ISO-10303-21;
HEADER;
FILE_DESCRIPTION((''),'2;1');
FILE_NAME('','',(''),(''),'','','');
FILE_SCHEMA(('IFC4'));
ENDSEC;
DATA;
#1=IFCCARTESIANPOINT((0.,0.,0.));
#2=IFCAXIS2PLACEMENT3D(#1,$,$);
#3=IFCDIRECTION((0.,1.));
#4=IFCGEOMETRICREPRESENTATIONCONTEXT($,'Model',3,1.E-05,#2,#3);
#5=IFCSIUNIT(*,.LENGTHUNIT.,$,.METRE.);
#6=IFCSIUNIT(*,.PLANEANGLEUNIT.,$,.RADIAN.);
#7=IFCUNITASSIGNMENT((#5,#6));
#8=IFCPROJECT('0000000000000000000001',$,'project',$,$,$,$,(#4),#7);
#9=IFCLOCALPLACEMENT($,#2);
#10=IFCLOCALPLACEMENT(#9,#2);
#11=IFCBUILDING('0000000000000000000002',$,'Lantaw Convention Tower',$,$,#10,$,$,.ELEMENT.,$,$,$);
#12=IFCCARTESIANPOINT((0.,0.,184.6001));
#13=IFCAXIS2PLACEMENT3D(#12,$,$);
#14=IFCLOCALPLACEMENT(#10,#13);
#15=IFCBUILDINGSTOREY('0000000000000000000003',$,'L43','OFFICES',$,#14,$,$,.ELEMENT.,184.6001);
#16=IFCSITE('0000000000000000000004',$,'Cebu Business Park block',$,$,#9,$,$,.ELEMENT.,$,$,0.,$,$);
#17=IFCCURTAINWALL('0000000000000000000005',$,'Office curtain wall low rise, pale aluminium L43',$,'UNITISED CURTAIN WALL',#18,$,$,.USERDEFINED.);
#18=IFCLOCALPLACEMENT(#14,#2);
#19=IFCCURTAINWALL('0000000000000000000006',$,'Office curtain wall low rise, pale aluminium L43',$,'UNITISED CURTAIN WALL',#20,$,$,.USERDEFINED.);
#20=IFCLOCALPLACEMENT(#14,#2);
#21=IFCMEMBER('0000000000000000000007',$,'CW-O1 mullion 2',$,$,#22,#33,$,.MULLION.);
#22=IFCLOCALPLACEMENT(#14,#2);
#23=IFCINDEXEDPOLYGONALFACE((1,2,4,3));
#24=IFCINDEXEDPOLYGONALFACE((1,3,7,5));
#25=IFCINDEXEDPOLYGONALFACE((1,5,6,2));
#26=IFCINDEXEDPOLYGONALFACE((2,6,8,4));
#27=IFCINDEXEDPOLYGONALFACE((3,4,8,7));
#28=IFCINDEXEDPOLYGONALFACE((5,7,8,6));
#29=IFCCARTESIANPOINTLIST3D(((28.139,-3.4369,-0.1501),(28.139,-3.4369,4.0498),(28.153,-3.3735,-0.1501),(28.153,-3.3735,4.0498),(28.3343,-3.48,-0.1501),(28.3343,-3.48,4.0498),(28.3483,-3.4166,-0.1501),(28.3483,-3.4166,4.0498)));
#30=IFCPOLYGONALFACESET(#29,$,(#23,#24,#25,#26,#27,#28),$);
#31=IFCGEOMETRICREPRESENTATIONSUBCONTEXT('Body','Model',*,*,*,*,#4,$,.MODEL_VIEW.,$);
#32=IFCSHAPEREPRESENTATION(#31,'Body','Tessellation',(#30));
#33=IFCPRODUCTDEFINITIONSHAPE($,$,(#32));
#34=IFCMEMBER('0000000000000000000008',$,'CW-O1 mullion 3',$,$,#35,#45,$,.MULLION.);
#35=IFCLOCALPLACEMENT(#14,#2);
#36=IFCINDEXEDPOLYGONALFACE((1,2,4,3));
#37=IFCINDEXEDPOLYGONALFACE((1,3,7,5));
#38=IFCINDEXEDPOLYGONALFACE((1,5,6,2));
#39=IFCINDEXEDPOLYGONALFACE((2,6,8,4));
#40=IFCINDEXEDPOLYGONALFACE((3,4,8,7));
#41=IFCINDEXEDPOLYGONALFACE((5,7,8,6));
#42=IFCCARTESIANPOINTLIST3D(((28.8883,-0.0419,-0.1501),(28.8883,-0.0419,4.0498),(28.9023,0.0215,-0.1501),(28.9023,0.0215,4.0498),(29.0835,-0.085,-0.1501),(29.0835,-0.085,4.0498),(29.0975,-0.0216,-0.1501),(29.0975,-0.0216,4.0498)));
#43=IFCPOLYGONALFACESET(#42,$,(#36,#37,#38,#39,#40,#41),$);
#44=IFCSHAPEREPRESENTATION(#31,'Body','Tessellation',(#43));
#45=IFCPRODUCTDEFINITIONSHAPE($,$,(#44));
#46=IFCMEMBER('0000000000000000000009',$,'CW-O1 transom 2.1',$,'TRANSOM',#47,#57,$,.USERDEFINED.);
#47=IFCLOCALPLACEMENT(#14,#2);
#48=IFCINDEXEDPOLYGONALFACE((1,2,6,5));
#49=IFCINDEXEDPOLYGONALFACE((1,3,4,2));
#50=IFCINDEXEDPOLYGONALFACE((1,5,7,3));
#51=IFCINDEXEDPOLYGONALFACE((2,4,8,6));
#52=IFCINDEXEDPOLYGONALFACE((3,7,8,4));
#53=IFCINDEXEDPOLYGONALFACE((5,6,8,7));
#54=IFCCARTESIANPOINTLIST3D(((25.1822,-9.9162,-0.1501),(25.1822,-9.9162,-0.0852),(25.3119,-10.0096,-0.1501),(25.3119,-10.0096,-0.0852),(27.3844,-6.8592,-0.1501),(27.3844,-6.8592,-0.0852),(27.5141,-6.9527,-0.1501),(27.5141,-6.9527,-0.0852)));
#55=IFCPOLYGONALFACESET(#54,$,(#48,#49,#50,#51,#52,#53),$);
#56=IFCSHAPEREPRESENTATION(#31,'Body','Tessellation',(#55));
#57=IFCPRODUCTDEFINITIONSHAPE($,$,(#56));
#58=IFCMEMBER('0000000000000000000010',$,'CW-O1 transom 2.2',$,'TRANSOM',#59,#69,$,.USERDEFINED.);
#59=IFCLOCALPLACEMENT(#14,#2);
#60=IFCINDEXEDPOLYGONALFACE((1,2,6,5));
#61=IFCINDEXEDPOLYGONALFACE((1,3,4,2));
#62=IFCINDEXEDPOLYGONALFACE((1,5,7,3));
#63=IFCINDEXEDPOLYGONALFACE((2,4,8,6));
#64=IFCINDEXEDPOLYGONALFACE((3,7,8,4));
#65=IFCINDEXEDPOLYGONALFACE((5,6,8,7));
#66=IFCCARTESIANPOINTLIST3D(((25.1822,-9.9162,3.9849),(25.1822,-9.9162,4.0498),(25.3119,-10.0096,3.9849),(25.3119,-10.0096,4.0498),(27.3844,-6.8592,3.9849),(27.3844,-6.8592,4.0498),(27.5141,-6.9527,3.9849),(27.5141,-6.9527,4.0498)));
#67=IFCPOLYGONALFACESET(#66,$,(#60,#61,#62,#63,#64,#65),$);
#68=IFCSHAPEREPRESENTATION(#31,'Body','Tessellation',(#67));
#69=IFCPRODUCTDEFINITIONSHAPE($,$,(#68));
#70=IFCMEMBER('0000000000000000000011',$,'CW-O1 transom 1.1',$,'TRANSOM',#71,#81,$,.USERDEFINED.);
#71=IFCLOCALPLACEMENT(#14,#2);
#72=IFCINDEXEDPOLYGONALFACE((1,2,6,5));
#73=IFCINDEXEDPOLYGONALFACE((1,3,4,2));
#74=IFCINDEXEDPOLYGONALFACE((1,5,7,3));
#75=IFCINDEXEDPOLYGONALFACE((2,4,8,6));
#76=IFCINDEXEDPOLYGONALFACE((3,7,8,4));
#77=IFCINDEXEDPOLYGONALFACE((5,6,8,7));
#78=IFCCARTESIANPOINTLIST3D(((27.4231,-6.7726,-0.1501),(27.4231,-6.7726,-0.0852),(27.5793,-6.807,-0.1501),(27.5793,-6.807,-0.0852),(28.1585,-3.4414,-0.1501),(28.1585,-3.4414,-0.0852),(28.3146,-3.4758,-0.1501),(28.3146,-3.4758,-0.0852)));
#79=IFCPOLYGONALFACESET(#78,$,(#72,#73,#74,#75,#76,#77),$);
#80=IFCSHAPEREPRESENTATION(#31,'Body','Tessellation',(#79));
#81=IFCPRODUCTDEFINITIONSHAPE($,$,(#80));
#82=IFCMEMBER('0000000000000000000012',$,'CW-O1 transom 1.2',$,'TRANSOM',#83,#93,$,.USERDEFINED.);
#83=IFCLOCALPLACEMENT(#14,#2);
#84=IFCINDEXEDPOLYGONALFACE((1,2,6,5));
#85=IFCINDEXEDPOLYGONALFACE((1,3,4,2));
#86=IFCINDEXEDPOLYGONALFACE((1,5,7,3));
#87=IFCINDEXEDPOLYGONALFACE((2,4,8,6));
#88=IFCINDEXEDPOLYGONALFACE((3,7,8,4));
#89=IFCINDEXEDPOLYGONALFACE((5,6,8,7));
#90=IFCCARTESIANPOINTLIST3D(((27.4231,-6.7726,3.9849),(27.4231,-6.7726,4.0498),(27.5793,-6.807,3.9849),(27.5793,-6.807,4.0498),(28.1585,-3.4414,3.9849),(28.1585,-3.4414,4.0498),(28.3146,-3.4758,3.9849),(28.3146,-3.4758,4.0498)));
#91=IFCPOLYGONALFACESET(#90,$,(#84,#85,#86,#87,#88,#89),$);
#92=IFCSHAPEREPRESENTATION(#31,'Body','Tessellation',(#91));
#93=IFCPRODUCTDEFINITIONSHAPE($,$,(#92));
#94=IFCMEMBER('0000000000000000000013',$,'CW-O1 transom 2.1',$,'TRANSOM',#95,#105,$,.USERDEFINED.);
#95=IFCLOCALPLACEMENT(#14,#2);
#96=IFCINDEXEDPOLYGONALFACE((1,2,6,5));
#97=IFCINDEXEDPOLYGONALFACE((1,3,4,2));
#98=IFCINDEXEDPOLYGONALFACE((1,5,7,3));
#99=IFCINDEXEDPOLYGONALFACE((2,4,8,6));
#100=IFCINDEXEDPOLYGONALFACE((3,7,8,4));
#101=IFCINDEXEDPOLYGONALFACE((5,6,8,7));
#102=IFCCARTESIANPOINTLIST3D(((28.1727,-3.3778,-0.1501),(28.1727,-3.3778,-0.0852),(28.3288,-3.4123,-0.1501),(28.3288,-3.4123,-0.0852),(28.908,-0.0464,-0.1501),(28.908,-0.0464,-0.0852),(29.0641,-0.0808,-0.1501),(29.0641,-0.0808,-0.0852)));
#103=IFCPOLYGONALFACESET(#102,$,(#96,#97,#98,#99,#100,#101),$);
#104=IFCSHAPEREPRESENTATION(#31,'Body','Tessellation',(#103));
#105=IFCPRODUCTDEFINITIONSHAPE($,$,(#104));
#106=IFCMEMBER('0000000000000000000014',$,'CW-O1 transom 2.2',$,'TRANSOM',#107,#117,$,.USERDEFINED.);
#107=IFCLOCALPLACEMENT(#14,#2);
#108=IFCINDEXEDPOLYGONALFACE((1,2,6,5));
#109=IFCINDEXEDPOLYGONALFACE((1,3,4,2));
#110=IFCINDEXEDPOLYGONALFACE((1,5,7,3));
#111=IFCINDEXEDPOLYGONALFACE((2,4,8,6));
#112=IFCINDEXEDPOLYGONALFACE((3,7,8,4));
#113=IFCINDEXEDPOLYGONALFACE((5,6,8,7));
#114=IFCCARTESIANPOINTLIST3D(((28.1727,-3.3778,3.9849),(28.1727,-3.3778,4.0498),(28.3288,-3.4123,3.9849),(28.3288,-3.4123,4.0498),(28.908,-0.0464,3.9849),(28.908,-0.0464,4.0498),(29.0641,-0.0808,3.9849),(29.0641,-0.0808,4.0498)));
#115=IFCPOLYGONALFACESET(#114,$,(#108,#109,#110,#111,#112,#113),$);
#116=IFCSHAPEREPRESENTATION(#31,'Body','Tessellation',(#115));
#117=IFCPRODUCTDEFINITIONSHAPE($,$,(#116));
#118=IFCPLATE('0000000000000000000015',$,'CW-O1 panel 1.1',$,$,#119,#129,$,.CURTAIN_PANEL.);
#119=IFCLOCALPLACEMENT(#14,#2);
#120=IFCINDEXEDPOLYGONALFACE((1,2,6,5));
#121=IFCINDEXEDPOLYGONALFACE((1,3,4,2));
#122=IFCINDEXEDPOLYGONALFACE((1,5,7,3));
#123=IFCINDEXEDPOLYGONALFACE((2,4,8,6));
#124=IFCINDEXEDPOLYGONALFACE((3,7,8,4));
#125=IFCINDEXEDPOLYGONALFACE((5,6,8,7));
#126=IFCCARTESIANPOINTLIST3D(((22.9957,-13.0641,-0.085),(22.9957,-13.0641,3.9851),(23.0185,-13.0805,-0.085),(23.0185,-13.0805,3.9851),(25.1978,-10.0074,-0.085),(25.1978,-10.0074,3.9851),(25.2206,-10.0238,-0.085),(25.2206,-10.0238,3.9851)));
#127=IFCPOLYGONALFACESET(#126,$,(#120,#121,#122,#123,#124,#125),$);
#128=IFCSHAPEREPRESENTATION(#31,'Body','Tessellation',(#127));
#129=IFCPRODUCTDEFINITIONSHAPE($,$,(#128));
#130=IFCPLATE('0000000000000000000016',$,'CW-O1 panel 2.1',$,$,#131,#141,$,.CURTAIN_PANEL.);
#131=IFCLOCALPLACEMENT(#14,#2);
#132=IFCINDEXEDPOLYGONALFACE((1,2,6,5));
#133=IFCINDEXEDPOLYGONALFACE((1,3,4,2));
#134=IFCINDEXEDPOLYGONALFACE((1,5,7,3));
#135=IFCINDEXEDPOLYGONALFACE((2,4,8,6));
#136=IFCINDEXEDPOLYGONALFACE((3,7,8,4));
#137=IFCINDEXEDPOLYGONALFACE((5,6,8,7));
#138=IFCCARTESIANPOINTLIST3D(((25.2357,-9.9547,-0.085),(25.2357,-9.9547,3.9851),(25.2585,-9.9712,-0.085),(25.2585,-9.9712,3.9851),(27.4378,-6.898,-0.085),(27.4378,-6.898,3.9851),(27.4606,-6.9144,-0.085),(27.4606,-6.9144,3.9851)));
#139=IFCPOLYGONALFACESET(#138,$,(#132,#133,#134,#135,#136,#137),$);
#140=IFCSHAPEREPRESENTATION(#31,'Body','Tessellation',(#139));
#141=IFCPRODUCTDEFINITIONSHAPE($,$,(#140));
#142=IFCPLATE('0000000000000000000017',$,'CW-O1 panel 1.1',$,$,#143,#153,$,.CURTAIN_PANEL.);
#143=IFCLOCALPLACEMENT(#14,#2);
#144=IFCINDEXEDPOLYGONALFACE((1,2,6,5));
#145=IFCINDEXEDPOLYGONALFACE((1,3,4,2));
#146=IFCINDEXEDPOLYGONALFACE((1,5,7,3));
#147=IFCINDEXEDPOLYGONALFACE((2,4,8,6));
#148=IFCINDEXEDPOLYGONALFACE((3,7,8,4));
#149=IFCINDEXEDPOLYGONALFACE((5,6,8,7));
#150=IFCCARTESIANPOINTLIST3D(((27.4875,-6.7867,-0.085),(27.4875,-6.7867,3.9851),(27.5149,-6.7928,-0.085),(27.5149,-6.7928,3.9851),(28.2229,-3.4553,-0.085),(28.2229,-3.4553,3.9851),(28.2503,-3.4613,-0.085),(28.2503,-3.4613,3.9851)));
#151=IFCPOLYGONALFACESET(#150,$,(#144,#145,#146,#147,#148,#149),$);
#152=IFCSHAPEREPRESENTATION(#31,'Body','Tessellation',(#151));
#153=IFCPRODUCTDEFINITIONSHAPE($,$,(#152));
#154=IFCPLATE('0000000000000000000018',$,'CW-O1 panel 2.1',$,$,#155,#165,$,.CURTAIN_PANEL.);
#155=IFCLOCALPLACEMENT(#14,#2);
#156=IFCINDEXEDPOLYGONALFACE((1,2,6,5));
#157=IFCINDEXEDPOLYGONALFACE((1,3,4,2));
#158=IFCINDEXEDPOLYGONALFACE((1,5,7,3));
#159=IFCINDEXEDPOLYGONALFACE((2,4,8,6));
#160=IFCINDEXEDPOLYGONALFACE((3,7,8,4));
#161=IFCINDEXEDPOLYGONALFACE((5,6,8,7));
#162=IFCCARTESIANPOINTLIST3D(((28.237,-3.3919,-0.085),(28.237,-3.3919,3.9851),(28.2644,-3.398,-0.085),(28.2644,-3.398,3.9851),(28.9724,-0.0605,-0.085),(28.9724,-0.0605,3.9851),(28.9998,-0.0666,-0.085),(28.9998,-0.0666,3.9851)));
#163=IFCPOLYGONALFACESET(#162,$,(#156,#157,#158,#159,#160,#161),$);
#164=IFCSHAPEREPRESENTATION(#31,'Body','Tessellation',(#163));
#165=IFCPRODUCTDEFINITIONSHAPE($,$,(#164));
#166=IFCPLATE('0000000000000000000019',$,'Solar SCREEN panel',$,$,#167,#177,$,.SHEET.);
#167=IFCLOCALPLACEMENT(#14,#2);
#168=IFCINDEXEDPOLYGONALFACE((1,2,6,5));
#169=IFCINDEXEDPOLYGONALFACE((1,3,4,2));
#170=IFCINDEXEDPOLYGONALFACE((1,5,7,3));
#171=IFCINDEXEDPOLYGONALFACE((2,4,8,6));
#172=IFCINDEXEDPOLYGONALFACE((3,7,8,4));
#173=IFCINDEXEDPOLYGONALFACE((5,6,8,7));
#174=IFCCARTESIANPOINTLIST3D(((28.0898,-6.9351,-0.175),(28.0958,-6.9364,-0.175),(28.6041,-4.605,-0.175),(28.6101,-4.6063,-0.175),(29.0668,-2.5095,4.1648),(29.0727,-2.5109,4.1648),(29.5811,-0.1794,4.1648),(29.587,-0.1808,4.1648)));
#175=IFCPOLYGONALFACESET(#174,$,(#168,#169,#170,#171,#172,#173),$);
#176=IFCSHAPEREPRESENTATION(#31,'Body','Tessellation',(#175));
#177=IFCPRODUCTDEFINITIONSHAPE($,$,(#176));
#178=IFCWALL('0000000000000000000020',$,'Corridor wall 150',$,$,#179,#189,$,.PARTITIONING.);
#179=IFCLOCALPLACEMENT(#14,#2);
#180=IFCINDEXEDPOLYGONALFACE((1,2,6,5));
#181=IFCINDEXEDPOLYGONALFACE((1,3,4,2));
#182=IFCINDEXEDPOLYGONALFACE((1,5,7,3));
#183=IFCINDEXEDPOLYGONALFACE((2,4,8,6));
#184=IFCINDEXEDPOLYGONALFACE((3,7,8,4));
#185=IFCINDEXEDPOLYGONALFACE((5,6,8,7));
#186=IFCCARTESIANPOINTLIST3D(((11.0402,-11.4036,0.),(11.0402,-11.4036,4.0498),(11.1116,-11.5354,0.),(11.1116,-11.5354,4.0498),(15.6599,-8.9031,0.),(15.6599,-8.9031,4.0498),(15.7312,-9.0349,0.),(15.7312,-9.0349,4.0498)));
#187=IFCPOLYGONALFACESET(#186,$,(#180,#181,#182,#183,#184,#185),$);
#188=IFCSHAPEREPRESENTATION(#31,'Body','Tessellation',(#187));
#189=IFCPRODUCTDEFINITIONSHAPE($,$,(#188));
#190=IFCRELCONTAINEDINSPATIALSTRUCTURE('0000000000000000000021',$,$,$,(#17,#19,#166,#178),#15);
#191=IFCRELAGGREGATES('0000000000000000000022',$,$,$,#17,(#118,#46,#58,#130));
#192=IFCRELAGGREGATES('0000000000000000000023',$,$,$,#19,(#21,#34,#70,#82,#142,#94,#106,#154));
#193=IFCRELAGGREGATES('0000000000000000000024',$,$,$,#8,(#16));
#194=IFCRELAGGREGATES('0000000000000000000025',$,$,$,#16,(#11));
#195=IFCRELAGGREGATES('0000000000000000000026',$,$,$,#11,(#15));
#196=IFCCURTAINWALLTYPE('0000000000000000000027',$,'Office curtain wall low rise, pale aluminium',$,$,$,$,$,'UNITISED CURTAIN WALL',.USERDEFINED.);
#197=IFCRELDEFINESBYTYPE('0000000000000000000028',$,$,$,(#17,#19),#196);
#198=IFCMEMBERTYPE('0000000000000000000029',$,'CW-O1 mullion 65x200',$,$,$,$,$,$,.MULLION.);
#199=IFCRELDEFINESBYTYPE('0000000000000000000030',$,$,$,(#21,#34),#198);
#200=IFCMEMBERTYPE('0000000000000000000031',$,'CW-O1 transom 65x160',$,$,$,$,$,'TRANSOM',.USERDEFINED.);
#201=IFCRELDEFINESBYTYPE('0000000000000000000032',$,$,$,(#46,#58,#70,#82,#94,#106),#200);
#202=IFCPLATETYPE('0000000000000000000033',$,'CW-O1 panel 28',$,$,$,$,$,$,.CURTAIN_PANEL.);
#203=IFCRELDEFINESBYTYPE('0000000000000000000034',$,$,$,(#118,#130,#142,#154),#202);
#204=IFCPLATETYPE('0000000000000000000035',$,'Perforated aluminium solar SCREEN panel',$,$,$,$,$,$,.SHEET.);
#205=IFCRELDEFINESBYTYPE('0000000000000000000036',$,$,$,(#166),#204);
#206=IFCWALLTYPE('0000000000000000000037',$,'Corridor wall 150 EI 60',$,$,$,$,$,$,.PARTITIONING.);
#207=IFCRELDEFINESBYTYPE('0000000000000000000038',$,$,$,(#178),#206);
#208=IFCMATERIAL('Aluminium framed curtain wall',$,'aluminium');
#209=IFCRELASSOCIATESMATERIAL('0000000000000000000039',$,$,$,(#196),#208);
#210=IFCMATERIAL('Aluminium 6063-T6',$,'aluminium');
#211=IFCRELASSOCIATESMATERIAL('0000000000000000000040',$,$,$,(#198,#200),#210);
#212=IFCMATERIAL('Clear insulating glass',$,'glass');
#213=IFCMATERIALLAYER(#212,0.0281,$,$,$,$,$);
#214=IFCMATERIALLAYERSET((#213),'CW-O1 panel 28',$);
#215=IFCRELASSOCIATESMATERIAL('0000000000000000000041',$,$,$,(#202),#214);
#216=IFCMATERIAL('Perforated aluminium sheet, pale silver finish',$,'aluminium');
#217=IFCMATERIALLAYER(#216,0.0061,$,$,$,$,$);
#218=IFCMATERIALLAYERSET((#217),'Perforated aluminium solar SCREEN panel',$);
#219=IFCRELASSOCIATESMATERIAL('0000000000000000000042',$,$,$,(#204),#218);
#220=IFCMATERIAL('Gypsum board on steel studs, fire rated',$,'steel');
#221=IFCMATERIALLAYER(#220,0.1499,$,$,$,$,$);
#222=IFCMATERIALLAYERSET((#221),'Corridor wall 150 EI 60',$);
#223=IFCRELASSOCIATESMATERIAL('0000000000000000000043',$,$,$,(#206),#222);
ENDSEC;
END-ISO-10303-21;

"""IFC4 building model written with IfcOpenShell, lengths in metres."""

from ifc_helpers import new_model, si_unit, direction, frame, frame_2d, origin, origin_2d, place, context, subcontext, project, spatial, polyline, rectangle, outline, extrude, material, layer, layer_set, material_profile, profile_set, type_object, element, aggregate, save


model = new_model("IFC4")

# Units and contexts
model_context = context("Model", 3, precision=1e-05, world=origin(), true_north=direction((0.0, 1.0)))
body_context = subcontext(model_context, "Body", "Model", "MODEL_VIEW")
ifc_project = project(units=[si_unit("LENGTHUNIT", "METRE"), si_unit("PLANEANGLEUNIT", "RADIAN")], contexts=[model_context])

# Site, building, storey
site_placement = place(None, origin())
site = spatial("IfcSite", under=ifc_project, at=site_placement, Name="Cebu Business Park block", CompositionType="ELEMENT", RefElevation=0.0)
building_placement = place(site_placement, origin())
building = spatial("IfcBuilding", under=site, at=building_placement, Name="Lantaw Convention Tower", CompositionType="ELEMENT")
storey_placement = place(building_placement, frame((0.0, 0.0, 184.6001)))
storey = spatial("IfcBuildingStorey", under=building, at=storey_placement, Name="L43", Description="OFFICES", CompositionType="ELEMENT", Elevation=184.6001)

# Curtain walls, members
ifc_material_1 = material(Name="Aluminium framed curtain wall", Category="aluminium")
curtain_wall_type = type_object("IfcCurtainWallType", Name="Office curtain wall low rise, pale aluminium", ElementType="UNITISED CURTAIN WALL", PredefinedType="USERDEFINED", material=ifc_material_1)
curtain_wall_1_placement = place(storey_placement, origin())
curtain_wall_1 = element("IfcCurtainWall", 1, at=curtain_wall_1_placement, inside=storey, type_object=curtain_wall_type, Name="Office curtain wall low rise, pale aluminium L43", ObjectType="UNITISED CURTAIN WALL", PredefinedType="USERDEFINED")
ifc_material_2 = material(Name="Aluminium 6063-T6", Category="aluminium")
ifc_material_profile_1 = material_profile(ifc_material_2, rectangle(XDim=0.2, YDim=0.0649, at=origin_2d()), Name="CW-O1 mullion 65x200")
ifc_profile_set_1 = profile_set([ifc_material_profile_1], Name="Aluminium 6063-T6")
member_type_1 = type_object("IfcMemberType", Name="CW-O1 mullion 65x200", PredefinedType="MULLION", material=ifc_profile_set_1)
curtain_wall_2_placement = place(storey_placement, origin())
curtain_wall_2 = element("IfcCurtainWall", 2, at=curtain_wall_2_placement, inside=storey, type_object=curtain_wall_type, Name="Office curtain wall low rise, pale aluminium L43", ObjectType="UNITISED CURTAIN WALL", PredefinedType="USERDEFINED")
member_1_placement = place(storey_placement, frame((28.2437, -3.4268, -0.1501), z_axis=(0.0, 0.0, 1.0), x_axis=(-0.976494, 0.215546, 0.0)))
member_1 = element("IfcMember", 3, at=member_1_placement, type_object=member_type_1, Name="CW-O1 mullion 2", PredefinedType="MULLION", context=body_context, shape_type="SweptSolid", body=[
    extrude(rectangle(XDim=0.2, YDim=0.0649, at=origin_2d()), origin(), (0.0, 0.0, 1.0), 4.2),
])
member_2_placement = place(storey_placement, frame((28.9929, -0.0317, -0.1501), z_axis=(0.0, 0.0, 1.0), x_axis=(-0.976494, 0.215546, 0.0)))
member_2 = element("IfcMember", 4, at=member_2_placement, type_object=member_type_1, Name="CW-O1 mullion 3", PredefinedType="MULLION", context=body_context, shape_type="SweptSolid", body=[
    extrude(rectangle(XDim=0.2, YDim=0.0649, at=origin_2d()), origin(), (0.0, 0.0, 1.0), 4.2),
])

# Members
ifc_material_profile_2 = material_profile(ifc_material_2, rectangle(XDim=0.1599, YDim=0.0649, at=origin_2d()), Name="CW-O1 transom 65x160")
ifc_profile_set_2 = profile_set([ifc_material_profile_2], Name="Aluminium 6063-T6")
member_type_2 = type_object("IfcMemberType", Name="CW-O1 transom 65x160", ElementType="TRANSOM", PredefinedType="USERDEFINED", material=ifc_profile_set_2)
member_3_placement = place(storey_placement, frame((25.2471, -9.9629, -0.1177), z_axis=(0.584513, 0.811384, 0.0), x_axis=(-0.811384, 0.584513, 0.0)))
member_3 = element("IfcMember", 5, at=member_3_placement, type_object=member_type_2, Name="CW-O1 transom 2.1", ObjectType="TRANSOM", PredefinedType="USERDEFINED", context=body_context, shape_type="SweptSolid", body=[
    extrude(rectangle(XDim=0.1599, YDim=0.0649, at=origin_2d()), origin(), (0.0, 0.0, 1.0), 3.7676),
])
member_4_placement = place(storey_placement, frame((25.2471, -9.9629, 4.0173), z_axis=(0.584513, 0.811384, 0.0), x_axis=(-0.811384, 0.584513, 0.0)))
member_4 = element("IfcMember", 6, at=member_4_placement, type_object=member_type_2, Name="CW-O1 transom 2.2", ObjectType="TRANSOM", PredefinedType="USERDEFINED", context=body_context, shape_type="SweptSolid", body=[
    extrude(rectangle(XDim=0.1599, YDim=0.0649, at=origin_2d()), origin(), (0.0, 0.0, 1.0), 3.7676),
])
member_5_placement = place(storey_placement, frame((27.5012, -6.7898, -0.1177), z_axis=(0.215551, 0.976493, 0.0), x_axis=(-0.976493, 0.215551, 0.0)))
member_5 = element("IfcMember", 7, at=member_5_placement, type_object=member_type_2, Name="CW-O1 transom 1.1", ObjectType="TRANSOM", PredefinedType="USERDEFINED", context=body_context, shape_type="SweptSolid", body=[
    extrude(rectangle(XDim=0.1599, YDim=0.0649, at=origin_2d()), origin(), (0.0, 0.0, 1.0), 3.4114),
])
member_6_placement = place(storey_placement, frame((27.5012, -6.7898, 4.0173), z_axis=(0.215551, 0.976493, 0.0), x_axis=(-0.976493, 0.215551, 0.0)))
member_6 = element("IfcMember", 8, at=member_6_placement, type_object=member_type_2, Name="CW-O1 transom 1.2", ObjectType="TRANSOM", PredefinedType="USERDEFINED", context=body_context, shape_type="SweptSolid", body=[
    extrude(rectangle(XDim=0.1599, YDim=0.0649, at=origin_2d()), origin(), (0.0, 0.0, 1.0), 3.4114),
])
member_7_placement = place(storey_placement, frame((28.2507, -3.395, -0.1177), z_axis=(0.215536, 0.976496, 0.0), x_axis=(-0.976496, 0.215536, 0.0)))
member_7 = element("IfcMember", 9, at=member_7_placement, type_object=member_type_2, Name="CW-O1 transom 2.1", ObjectType="TRANSOM", PredefinedType="USERDEFINED", context=body_context, shape_type="SweptSolid", body=[
    extrude(rectangle(XDim=0.1599, YDim=0.0649, at=origin_2d()), origin(), (0.0, 0.0, 1.0), 3.4116),
])
member_8_placement = place(storey_placement, frame((28.2507, -3.395, 4.0173), z_axis=(0.215536, 0.976496, 0.0), x_axis=(-0.976496, 0.215536, 0.0)))
member_8 = element("IfcMember", 10, at=member_8_placement, type_object=member_type_2, Name="CW-O1 transom 2.2", ObjectType="TRANSOM", PredefinedType="USERDEFINED", context=body_context, shape_type="SweptSolid", body=[
    extrude(rectangle(XDim=0.1599, YDim=0.0649, at=origin_2d()), origin(), (0.0, 0.0, 1.0), 3.4116),
])

# Plates
ifc_material_3 = material(Name="Clear insulating glass", Category="glass")
ifc_layer_1 = layer(ifc_material_3, 0.0281)
ifc_layer_set_1 = layer_set([ifc_layer_1], Name="CW-O1 panel 28")
plate_type_1 = type_object("IfcPlateType", Name="CW-O1 panel 28", PredefinedType="CURTAIN_PANEL", material=ifc_layer_set_1)
plate_1_placement = place(storey_placement, frame((24.1082, -11.5439, -0.085), z_axis=(0.0, 0.0, 1.0), x_axis=(0.584513, 0.811385, 0.0)))
plate_1 = element("IfcPlate", 11, at=plate_1_placement, type_object=plate_type_1, Name="CW-O1 panel 1.1", PredefinedType="CURTAIN_PANEL", context=body_context, shape_type="SweptSolid", body=[
    extrude(rectangle(XDim=3.7673, YDim=0.0281, at=origin_2d()), origin(), (0.0, 0.0, 1.0), 4.0701),
])
plate_2_placement = place(storey_placement, frame((26.3481, -8.4346, -0.085), z_axis=(0.0, 0.0, 1.0), x_axis=(0.584513, 0.811385, 0.0)))
plate_2 = element("IfcPlate", 12, at=plate_2_placement, type_object=plate_type_1, Name="CW-O1 panel 2.1", PredefinedType="CURTAIN_PANEL", context=body_context, shape_type="SweptSolid", body=[
    extrude(rectangle(XDim=3.7673, YDim=0.0281, at=origin_2d()), origin(), (0.0, 0.0, 1.0), 4.0701),
])
aggregate(curtain_wall_1, [plate_1, member_3, member_4, plate_2])
plate_3_placement = place(storey_placement, frame((27.8689, -5.124, -0.085), z_axis=(0.0, 0.0, 1.0), x_axis=(0.215546, 0.976494, 0.0)))
plate_3 = element("IfcPlate", 13, at=plate_3_placement, type_object=plate_type_1, Name="CW-O1 panel 1.1", PredefinedType="CURTAIN_PANEL", context=body_context, shape_type="SweptSolid", body=[
    extrude(rectangle(XDim=3.4116, YDim=0.0281, at=origin_2d()), origin(), (0.0, 0.0, 1.0), 4.0701),
])
plate_4_placement = place(storey_placement, frame((28.6184, -1.7292, -0.085), z_axis=(0.0, 0.0, 1.0), x_axis=(0.215546, 0.976494, 0.0)))
plate_4 = element("IfcPlate", 14, at=plate_4_placement, type_object=plate_type_1, Name="CW-O1 panel 2.1", PredefinedType="CURTAIN_PANEL", context=body_context, shape_type="SweptSolid", body=[
    extrude(rectangle(XDim=3.4116, YDim=0.0281, at=origin_2d()), origin(), (0.0, 0.0, 1.0), 4.0701),
])
aggregate(curtain_wall_2, [member_1, member_2, member_5, member_6, plate_3, member_7, member_8, plate_4])
ifc_material_4 = material(Name="Perforated aluminium sheet, pale silver finish", Category="aluminium")
ifc_layer_2 = layer(ifc_material_4, 0.0061)
ifc_layer_set_2 = layer_set([ifc_layer_2], Name="Perforated aluminium solar SCREEN panel")
plate_type_2 = type_object("IfcPlateType", Name="Perforated aluminium solar SCREEN panel", PredefinedType="SHEET", material=ifc_layer_set_2)
plate_5_placement = place(storey_placement, frame((28.0898, -6.9351, -0.175), z_axis=(-0.976498, 0.215527, 0.000033), x_axis=(0.215527, 0.976498, 0.0)))
element("IfcPlate", 15, at=plate_5_placement, inside=storey, type_object=plate_type_2, Name="Solar SCREEN panel", PredefinedType="SHEET", context=body_context, shape_type="SweptSolid", body=[
    extrude(outline(polyline([(0.0, 0.0), (2.3861, 0.0), (6.9182, -4.3398), (4.5321, -4.3398), (0.0, 0.0)])), origin(), (0.0, 0.0, -1.0), 0.0061),
])

# Wall
ifc_material_5 = material(Name="Gypsum board on steel studs, fire rated", Category="steel")
ifc_layer_3 = layer(ifc_material_5, 0.1499)
ifc_layer_set_3 = layer_set([ifc_layer_3], Name="Corridor wall 150 EI 60")
wall_type = type_object("IfcWallType", Name="Corridor wall 150 EI 60", PredefinedType="PARTITIONING", material=ifc_layer_set_3)
wall_1_placement = place(storey_placement, frame((11.0759, -11.4695, 0.0), z_axis=(0.0, 0.0, 1.0), x_axis=(0.879436, 0.476017, 0.0)))
element("IfcWall", 16, at=wall_1_placement, inside=storey, type_object=wall_type, Name="Corridor wall 150", PredefinedType="PARTITIONING", context=body_context, shape_type="SweptSolid", body=[
    extrude(rectangle(XDim=5.2529, YDim=0.1499, at=frame_2d((2.6265, 0.0))), origin(), (0.0, 0.0, 1.0), 4.0498),
])

save(model, "model.ifc")
